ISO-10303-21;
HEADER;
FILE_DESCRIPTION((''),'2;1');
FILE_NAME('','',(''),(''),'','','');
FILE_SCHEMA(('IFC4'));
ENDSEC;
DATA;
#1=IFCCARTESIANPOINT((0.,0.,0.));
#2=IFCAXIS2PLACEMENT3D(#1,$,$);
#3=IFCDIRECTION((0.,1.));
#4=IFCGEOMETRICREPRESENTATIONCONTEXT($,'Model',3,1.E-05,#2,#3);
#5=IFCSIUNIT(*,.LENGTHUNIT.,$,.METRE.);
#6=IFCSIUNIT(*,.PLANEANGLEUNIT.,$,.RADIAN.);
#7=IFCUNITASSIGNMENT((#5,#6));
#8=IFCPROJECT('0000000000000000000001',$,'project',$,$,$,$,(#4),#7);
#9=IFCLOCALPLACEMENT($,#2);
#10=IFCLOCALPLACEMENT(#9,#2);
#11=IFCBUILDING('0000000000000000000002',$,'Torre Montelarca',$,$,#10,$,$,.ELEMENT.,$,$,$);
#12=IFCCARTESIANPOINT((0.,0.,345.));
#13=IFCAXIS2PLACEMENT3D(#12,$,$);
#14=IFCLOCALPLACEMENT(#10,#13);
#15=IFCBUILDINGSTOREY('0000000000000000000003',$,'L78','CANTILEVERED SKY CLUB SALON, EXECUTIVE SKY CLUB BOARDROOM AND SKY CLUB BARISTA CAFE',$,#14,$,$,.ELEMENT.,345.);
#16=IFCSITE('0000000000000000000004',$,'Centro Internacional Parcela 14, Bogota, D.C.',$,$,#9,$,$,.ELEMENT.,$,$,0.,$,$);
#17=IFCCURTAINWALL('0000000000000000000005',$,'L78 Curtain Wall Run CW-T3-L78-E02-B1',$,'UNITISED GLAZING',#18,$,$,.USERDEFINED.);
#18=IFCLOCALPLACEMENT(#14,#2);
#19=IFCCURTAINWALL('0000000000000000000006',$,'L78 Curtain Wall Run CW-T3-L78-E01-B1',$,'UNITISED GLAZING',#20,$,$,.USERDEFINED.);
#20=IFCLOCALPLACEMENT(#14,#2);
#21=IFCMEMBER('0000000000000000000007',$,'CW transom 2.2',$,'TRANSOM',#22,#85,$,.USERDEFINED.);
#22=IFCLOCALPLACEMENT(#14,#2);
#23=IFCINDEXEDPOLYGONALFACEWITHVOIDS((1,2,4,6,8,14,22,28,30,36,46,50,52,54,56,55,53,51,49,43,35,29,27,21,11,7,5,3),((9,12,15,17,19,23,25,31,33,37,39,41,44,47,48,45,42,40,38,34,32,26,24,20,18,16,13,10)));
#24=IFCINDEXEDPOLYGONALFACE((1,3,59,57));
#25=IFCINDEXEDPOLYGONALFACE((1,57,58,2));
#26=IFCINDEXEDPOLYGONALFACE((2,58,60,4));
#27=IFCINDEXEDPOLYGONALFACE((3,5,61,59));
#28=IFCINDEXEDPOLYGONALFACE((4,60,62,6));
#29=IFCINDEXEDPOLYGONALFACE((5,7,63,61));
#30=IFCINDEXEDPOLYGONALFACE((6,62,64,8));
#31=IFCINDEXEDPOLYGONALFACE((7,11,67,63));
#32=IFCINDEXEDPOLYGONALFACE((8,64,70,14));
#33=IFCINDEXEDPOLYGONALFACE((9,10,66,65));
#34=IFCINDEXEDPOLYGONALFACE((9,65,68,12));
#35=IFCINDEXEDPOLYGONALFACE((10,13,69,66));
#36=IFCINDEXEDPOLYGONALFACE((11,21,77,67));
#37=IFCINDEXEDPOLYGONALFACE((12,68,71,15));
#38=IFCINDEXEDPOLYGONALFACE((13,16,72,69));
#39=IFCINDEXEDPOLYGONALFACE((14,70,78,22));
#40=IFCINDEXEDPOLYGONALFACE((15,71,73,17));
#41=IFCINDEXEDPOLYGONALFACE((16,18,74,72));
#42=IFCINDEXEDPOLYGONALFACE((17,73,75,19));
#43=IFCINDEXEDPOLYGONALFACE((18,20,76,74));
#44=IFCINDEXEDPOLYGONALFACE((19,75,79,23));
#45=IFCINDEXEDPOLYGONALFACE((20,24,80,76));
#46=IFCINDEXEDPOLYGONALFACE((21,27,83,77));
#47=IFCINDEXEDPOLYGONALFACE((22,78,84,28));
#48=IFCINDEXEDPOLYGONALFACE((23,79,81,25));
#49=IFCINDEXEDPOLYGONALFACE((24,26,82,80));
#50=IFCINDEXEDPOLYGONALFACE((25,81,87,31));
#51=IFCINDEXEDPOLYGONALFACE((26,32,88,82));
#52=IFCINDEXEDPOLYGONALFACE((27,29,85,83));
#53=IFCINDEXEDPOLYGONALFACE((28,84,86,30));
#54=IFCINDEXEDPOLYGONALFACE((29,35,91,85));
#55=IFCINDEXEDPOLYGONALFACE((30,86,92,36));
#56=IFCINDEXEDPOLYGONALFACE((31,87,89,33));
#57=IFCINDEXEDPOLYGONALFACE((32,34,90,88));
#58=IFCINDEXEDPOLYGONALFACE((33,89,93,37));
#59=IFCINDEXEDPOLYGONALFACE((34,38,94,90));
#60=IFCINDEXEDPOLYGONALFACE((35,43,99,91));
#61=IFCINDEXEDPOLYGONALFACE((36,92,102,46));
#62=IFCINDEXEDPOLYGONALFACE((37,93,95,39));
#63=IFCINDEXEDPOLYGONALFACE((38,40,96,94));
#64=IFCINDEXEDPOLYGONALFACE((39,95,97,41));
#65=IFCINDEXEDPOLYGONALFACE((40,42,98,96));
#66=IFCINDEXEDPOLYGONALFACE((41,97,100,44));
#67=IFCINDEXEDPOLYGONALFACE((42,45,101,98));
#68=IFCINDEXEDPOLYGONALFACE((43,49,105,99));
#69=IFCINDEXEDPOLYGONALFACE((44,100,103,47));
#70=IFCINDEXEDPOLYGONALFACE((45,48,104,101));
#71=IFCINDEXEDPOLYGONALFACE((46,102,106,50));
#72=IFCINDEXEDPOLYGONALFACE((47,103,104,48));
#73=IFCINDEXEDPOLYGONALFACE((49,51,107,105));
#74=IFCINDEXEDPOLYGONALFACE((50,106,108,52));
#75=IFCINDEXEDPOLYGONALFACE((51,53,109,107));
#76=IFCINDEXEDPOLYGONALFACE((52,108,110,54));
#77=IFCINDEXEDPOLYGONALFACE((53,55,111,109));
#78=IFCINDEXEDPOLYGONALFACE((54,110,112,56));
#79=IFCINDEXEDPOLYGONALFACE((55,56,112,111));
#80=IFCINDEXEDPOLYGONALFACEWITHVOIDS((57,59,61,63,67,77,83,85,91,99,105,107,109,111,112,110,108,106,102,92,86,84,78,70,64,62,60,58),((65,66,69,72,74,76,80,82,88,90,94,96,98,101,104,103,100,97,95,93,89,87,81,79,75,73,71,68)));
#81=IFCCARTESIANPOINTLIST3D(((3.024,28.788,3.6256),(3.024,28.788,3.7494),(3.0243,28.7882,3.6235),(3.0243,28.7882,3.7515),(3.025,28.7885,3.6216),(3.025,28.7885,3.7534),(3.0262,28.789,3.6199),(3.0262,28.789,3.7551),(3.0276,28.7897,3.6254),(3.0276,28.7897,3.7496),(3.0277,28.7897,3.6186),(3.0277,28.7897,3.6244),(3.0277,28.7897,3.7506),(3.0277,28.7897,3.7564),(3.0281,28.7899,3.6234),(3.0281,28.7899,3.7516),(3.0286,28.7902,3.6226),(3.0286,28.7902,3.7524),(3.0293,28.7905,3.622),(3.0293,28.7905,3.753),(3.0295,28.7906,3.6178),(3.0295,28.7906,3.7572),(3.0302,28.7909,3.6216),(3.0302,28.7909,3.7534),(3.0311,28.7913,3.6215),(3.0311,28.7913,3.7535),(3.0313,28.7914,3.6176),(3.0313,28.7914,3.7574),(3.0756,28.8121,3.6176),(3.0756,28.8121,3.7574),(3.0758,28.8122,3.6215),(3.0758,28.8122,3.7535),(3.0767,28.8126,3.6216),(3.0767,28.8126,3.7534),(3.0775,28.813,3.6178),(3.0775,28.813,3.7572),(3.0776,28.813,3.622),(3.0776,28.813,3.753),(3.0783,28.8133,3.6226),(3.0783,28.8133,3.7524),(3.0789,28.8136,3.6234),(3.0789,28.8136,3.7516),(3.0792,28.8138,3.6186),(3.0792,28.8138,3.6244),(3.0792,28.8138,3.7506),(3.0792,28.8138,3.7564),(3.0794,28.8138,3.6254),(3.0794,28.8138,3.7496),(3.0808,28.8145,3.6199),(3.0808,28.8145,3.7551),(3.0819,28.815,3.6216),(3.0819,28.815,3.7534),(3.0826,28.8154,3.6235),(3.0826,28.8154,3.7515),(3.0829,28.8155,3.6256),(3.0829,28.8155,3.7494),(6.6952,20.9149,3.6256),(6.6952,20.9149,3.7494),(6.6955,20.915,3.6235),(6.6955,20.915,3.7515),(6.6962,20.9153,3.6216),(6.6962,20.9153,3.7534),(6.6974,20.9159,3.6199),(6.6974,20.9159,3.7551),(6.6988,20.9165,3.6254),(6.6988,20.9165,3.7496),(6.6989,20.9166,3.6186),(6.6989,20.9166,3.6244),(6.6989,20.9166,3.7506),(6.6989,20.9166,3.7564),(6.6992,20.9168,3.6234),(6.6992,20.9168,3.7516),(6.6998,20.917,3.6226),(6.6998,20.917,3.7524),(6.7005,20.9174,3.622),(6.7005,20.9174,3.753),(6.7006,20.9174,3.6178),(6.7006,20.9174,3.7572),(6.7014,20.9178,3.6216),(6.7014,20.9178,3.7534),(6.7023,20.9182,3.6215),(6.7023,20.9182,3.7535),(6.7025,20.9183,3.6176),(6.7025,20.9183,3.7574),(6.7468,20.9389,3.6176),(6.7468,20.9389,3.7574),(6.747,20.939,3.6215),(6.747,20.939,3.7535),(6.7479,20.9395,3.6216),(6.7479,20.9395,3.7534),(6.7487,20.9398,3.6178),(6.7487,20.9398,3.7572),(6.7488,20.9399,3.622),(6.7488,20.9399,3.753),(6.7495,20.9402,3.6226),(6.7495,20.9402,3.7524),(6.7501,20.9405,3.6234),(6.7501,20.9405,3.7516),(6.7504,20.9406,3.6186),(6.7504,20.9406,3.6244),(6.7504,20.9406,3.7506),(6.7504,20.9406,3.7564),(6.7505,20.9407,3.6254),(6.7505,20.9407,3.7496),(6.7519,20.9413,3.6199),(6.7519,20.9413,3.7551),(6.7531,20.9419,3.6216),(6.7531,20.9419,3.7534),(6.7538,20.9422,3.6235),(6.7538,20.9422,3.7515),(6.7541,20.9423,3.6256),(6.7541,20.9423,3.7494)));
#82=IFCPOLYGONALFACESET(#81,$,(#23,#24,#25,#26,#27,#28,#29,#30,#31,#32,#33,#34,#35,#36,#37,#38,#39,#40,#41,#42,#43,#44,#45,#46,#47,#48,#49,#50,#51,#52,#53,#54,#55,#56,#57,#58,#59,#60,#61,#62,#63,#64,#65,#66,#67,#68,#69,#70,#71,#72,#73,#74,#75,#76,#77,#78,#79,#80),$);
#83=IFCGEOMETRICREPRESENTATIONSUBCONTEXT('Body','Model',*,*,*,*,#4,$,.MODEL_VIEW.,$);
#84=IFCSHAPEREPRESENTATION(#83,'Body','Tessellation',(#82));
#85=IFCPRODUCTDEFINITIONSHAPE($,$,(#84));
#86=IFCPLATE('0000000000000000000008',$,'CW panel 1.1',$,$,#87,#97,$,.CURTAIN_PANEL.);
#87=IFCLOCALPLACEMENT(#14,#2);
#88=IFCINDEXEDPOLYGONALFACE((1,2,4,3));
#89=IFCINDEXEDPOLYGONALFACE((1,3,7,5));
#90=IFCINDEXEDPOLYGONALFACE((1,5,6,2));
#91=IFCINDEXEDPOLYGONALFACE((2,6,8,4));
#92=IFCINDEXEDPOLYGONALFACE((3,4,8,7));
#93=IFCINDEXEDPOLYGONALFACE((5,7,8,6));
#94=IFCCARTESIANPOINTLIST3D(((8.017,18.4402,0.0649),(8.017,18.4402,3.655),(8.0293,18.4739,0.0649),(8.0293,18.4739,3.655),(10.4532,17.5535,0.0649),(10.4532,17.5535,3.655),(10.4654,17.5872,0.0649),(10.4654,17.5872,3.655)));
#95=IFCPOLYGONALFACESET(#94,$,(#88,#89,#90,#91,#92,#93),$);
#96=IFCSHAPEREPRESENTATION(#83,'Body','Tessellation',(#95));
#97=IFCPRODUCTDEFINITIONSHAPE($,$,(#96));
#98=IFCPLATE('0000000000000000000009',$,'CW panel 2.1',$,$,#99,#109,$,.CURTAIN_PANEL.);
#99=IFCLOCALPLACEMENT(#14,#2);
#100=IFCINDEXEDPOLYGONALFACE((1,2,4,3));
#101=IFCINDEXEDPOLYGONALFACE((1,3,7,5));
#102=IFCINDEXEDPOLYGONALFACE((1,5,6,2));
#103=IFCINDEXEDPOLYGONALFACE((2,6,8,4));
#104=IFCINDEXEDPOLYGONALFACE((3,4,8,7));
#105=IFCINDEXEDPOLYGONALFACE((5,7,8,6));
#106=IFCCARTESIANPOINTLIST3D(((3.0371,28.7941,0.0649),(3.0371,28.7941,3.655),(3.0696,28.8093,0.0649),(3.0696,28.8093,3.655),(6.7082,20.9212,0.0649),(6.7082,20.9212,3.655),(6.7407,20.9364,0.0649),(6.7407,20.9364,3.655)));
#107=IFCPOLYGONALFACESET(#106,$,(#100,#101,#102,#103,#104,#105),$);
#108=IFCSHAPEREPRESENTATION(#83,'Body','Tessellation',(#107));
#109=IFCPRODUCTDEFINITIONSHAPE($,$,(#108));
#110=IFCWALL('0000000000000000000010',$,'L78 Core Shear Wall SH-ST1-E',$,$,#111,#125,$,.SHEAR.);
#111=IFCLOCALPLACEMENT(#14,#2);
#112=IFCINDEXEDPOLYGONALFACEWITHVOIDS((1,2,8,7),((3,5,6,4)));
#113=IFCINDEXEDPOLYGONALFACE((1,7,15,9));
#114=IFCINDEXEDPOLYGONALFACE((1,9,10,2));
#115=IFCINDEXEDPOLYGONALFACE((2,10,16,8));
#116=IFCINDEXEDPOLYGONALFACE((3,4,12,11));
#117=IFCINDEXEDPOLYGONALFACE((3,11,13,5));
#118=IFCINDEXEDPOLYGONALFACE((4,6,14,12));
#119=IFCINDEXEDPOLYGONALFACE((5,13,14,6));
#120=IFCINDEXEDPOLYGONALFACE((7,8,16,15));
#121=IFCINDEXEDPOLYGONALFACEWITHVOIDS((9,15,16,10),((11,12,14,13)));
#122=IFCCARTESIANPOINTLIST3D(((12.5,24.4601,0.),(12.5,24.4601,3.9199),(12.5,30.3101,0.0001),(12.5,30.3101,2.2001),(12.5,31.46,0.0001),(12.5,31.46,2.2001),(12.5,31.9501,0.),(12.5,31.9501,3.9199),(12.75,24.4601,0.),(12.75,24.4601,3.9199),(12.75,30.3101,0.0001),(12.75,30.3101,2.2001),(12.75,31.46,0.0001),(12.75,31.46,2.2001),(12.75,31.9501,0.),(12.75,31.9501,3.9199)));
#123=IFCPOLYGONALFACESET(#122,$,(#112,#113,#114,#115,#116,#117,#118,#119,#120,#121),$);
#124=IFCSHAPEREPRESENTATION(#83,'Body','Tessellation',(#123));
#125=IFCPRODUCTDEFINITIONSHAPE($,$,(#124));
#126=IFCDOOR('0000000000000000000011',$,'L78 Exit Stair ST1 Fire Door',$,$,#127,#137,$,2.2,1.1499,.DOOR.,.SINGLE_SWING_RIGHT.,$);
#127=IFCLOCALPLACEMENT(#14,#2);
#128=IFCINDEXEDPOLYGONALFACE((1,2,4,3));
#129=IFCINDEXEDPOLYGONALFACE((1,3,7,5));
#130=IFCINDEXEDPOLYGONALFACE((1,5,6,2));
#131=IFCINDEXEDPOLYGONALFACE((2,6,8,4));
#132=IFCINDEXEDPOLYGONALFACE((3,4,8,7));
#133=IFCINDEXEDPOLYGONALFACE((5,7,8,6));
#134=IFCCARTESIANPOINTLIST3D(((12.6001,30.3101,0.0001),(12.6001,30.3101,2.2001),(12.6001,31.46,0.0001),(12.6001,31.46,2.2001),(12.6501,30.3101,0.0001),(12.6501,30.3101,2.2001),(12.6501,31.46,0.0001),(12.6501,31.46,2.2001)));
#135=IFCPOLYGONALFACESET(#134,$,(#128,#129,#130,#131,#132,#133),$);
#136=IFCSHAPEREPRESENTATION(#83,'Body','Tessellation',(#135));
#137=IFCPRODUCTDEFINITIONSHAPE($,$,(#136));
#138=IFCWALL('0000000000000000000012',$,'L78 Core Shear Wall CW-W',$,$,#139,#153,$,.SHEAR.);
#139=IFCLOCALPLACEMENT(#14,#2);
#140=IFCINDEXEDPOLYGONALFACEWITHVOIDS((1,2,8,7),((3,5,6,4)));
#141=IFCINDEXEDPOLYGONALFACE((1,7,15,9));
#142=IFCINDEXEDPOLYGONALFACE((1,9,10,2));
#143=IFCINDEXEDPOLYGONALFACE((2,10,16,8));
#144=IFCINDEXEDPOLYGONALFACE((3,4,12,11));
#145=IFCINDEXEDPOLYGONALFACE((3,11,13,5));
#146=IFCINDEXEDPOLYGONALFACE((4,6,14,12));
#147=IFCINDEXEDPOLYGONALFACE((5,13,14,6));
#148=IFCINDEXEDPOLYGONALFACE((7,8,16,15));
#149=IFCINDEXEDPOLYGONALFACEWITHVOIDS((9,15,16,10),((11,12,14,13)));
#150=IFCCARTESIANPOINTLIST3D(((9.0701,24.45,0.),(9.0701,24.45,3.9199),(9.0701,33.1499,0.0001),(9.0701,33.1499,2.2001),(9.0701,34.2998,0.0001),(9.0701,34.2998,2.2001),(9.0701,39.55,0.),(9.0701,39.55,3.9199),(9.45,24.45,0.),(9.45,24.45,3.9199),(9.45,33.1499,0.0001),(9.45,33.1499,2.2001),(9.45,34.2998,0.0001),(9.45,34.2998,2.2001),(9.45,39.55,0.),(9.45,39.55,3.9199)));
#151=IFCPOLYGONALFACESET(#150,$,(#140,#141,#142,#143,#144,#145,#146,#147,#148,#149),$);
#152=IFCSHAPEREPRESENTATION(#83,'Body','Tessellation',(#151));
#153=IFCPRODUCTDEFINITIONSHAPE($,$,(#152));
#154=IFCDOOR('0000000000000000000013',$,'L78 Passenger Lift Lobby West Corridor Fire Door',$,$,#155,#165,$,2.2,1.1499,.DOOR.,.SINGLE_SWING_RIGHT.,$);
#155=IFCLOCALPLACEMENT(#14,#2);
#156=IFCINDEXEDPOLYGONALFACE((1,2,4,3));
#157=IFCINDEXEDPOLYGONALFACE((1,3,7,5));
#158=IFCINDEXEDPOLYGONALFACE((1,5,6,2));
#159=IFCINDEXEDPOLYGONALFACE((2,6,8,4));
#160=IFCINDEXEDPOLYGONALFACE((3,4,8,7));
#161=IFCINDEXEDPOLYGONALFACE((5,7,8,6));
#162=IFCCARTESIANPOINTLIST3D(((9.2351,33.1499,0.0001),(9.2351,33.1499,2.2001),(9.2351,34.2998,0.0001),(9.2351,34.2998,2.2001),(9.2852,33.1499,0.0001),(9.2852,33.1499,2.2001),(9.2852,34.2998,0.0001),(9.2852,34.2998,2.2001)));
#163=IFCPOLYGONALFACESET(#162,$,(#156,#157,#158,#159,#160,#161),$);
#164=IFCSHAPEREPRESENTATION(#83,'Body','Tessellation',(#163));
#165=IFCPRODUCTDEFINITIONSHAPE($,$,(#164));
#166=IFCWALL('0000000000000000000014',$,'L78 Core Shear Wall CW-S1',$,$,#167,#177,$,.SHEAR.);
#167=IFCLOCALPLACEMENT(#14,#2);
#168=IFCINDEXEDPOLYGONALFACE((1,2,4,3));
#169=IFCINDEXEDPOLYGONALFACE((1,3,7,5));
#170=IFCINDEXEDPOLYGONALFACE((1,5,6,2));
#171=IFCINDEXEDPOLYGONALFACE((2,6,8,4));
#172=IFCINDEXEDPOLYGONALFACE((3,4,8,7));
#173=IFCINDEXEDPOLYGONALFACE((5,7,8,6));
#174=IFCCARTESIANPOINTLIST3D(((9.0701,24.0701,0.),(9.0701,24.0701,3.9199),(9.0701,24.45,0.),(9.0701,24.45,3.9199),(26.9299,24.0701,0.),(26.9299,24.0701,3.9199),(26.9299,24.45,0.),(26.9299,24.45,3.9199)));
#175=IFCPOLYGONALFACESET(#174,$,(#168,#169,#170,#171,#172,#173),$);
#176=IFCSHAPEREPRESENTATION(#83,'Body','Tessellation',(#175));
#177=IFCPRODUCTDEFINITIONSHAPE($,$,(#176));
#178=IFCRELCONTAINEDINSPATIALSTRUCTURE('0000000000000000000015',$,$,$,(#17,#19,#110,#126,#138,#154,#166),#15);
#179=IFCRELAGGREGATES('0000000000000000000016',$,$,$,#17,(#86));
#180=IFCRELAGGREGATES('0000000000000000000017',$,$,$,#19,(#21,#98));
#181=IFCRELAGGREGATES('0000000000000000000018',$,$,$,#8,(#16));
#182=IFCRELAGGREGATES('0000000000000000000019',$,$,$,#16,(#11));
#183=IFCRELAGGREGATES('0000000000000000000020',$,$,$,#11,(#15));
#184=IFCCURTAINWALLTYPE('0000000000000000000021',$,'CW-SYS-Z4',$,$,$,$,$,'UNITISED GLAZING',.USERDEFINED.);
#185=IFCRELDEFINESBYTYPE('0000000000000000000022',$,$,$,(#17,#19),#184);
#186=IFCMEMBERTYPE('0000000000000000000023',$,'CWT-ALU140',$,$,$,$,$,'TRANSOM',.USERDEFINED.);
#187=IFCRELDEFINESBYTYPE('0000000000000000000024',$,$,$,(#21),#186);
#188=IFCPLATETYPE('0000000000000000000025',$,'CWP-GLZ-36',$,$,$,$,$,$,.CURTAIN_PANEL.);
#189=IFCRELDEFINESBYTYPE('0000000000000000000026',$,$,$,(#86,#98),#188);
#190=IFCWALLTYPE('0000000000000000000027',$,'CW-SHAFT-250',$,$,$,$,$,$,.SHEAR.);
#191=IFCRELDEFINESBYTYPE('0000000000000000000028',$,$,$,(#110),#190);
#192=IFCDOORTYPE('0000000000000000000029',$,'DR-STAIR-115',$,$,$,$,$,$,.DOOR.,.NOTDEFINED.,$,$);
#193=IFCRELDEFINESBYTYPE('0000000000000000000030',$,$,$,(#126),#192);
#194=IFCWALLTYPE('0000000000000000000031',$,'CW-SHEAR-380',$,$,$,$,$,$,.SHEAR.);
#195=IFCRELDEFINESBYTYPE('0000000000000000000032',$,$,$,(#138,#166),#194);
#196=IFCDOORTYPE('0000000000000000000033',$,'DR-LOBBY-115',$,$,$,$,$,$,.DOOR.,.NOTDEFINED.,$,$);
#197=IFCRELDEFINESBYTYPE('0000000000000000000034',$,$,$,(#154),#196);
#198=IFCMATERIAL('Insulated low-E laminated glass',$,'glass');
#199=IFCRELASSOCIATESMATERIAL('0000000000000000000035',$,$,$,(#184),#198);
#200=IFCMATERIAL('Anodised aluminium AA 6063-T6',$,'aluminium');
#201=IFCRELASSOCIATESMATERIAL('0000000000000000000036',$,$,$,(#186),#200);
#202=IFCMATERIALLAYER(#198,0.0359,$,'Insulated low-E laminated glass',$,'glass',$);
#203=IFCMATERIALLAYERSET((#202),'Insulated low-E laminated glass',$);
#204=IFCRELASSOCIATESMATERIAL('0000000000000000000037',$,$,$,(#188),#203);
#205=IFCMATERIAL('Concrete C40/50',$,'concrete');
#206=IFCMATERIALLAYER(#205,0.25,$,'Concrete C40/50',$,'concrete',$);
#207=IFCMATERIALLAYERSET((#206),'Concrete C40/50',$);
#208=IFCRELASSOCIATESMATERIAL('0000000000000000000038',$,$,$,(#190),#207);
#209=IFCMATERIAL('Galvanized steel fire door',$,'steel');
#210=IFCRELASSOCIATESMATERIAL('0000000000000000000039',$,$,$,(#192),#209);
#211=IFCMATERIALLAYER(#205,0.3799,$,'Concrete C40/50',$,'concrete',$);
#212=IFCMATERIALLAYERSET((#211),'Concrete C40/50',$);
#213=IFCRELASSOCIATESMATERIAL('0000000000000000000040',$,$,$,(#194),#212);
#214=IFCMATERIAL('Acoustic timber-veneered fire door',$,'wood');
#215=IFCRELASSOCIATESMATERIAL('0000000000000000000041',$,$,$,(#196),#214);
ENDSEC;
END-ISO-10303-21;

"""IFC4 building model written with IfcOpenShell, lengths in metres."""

from ifc_helpers import new_model, si_unit, direction, frame, frame_2d, origin, origin_2d, place, context, subcontext, project, spatial, rectangle, hollow_rectangle, extrude, source, transform, mapped, material, layer, layer_set, material_profile, profile_set, type_object, element, fill, aggregate, save


model = new_model("IFC4")

# Units and contexts
model_context = context("Model", 3, precision=1e-05, world=origin(), true_north=direction((0.0, 1.0)))
body_context = subcontext(model_context, "Body", "Model", "MODEL_VIEW")
ifc_project = project(units=[si_unit("LENGTHUNIT", "METRE"), si_unit("PLANEANGLEUNIT", "RADIAN")], contexts=[model_context])

# Site, building, storey
site_placement = place(None, origin())
site = spatial("IfcSite", under=ifc_project, at=site_placement, Name="Centro Internacional Parcela 14, Bogota, D.C.", CompositionType="ELEMENT", RefElevation=0.0)
building_placement = place(site_placement, origin())
building = spatial("IfcBuilding", under=site, at=building_placement, Name="Torre Montelarca", CompositionType="ELEMENT")
storey_placement = place(building_placement, frame((0.0, 0.0, 345.0)))
storey = spatial("IfcBuildingStorey", under=building, at=storey_placement, Name="L78", Description="CANTILEVERED SKY CLUB SALON, EXECUTIVE SKY CLUB BOARDROOM AND SKY CLUB BARISTA CAFE", CompositionType="ELEMENT", Elevation=345.0)

# Shared definitions
ifc_material_1 = material(Name="Concrete C40/50", Category="concrete")

# Curtain walls
ifc_material_2 = material(Name="Insulated low-E laminated glass", Category="glass")
curtain_wall_type = type_object("IfcCurtainWallType", Name="CW-SYS-Z4", ElementType="UNITISED GLAZING", PredefinedType="USERDEFINED", material=ifc_material_2)
curtain_wall_1_placement = place(storey_placement, origin())
curtain_wall_1 = element("IfcCurtainWall", 1, at=curtain_wall_1_placement, inside=storey, type_object=curtain_wall_type, Name="L78 Curtain Wall Run CW-T3-L78-E02-B1", ObjectType="UNITISED GLAZING", PredefinedType="USERDEFINED")
ifc_material_3 = material(Name="Anodised aluminium AA 6063-T6", Category="aluminium")
ifc_material_profile_1 = material_profile(ifc_material_3, hollow_rectangle(XDim=0.0649, YDim=0.1399, WallThickness=0.0039, InnerFilletRadius=0.0039, OuterFilletRadius=0.0081, at=origin_2d()), Name="ALU65X140X4", Category="aluminium")
ifc_profile_set_1 = profile_set([ifc_material_profile_1], Name="Anodised aluminium AA 6063-T6")
member_type_1 = type_object("IfcMemberType", Name="CWT-ALU140", ElementType="TRANSOM", PredefinedType="USERDEFINED", material=ifc_profile_set_1)
curtain_wall_2_placement = place(storey_placement, origin())
curtain_wall_2 = element("IfcCurtainWall", 2, at=curtain_wall_2_placement, inside=storey, type_object=curtain_wall_type, Name="L78 Curtain Wall Run CW-T3-L78-E01-B1", ObjectType="UNITISED GLAZING", PredefinedType="USERDEFINED")

# Member
shared_shape_1 = source(origin(), body_context, "Body", "SweptSolid", [
    extrude(hollow_rectangle(XDim=0.0649, YDim=0.1399, WallThickness=0.0039, InnerFilletRadius=0.0039, OuterFilletRadius=0.0081, at=origin_2d()), origin(), (0.0, 0.0, 1.0), 8.687),
])
member_1_placement = place(storey_placement, frame((3.0535, 28.8018, 3.6875), z_axis=(0.422607, -0.906313, 0.0), x_axis=(0.906313, 0.422607, 0.0)))
member_1 = element("IfcMember", 3, at=member_1_placement, type_object=member_type_1, Name="CW transom 2.2", ObjectType="TRANSOM", PredefinedType="USERDEFINED", context=body_context, shape_type="MappedRepresentation", body=[
    mapped(shared_shape_1, transform((0.0, 0.0, 0.0), scale=1.0)),
])

# Plates
ifc_layer_1 = layer(ifc_material_2, 0.0359, Name="Insulated low-E laminated glass", Category="glass")
ifc_layer_set_1 = layer_set([ifc_layer_1], Name="Insulated low-E laminated glass")
plate_type = type_object("IfcPlateType", Name="CWP-GLZ-36", PredefinedType="CURTAIN_PANEL", material=ifc_layer_set_1)
shared_shape_2 = source(origin(), body_context, "Body", "SweptSolid", [
    extrude(rectangle(XDim=2.5925, YDim=0.0359, at=origin_2d()), origin(), (0.0, 0.0, 1.0), 3.5901),
])
plate_1_placement = place(storey_placement, frame((9.2412, 18.0137, 0.0649), z_axis=(0.0, 0.0, 1.0), x_axis=(0.939691, -0.342024, 0.0)))
plate_1 = element("IfcPlate", 4, at=plate_1_placement, type_object=plate_type, Name="CW panel 1.1", PredefinedType="CURTAIN_PANEL", context=body_context, shape_type="MappedRepresentation", body=[
    mapped(shared_shape_2, transform((0.0, 0.0, 0.0), scale=1.0)),
])
aggregate(curtain_wall_1, [plate_1])
shared_shape_3 = source(origin(), body_context, "Body", "SweptSolid", [
    extrude(rectangle(XDim=8.6868, YDim=0.0359, at=origin_2d()), origin(), (0.0, 0.0, 1.0), 3.5901),
])
plate_2_placement = place(storey_placement, frame((4.8889, 24.8652, 0.0649), z_axis=(0.0, 0.0, 1.0), x_axis=(0.422613, -0.90631, 0.0)))
plate_2 = element("IfcPlate", 5, at=plate_2_placement, type_object=plate_type, Name="CW panel 2.1", PredefinedType="CURTAIN_PANEL", context=body_context, shape_type="MappedRepresentation", body=[
    mapped(shared_shape_3, transform((0.0, 0.0, 0.0), scale=1.0)),
])
aggregate(curtain_wall_2, [member_1, plate_2])

# Walls, openings, doors
ifc_layer_2 = layer(ifc_material_1, 0.25, Name="Concrete C40/50", Category="concrete")
ifc_layer_set_2 = layer_set([ifc_layer_2], Name="Concrete C40/50")
wall_type_1 = type_object("IfcWallType", Name="CW-SHAFT-250", PredefinedType="SHEAR", material=ifc_layer_set_2)
wall_1_placement = place(storey_placement, frame((12.625, 24.46, 0.0), z_axis=(0.0, 0.0, 1.0), x_axis=(0.0, 1.0, 0.0)))
wall_1 = element("IfcWall", 6, at=wall_1_placement, inside=storey, type_object=wall_type_1, Name="L78 Core Shear Wall SH-ST1-E", PredefinedType="SHEAR", context=body_context, shape_type="SweptSolid", body=[
    extrude(rectangle(XDim=7.49, YDim=0.25, at=frame_2d((3.7451, 0.0))), origin(), (0.0, 0.0, 1.0), 3.9199),
])
opening_1_placement = place(wall_1_placement, frame((5.8501, 0.0, 0.0)))
opening_1 = element("IfcOpeningElement", 7, at=opening_1_placement, cuts=wall_1, PredefinedType="OPENING", context=body_context, shape_type="SweptSolid", body=[
    extrude(rectangle(XDim=1.1499, YDim=2.2, at=frame_2d((0.575, 1.1001))), frame((0.0, 0.135, 0.0), z_axis=(0.0, -1.0, 0.0), x_axis=(1.0, 0.0, 0.0)), (0.0, 0.0, 1.0), 0.27),
])
ifc_material_4 = material(Name="Galvanized steel fire door", Category="steel")
door_type_1 = type_object("IfcDoorType", Name="DR-STAIR-115", OperationType="NOTDEFINED", PredefinedType="DOOR", material=ifc_material_4)
shared_shape_4 = source(origin(), body_context, "Body", "SweptSolid", [
    extrude(rectangle(XDim=1.1499, YDim=2.2, at=frame_2d((0.575, 1.1001))), frame((0.0, 0.0249, 0.0), z_axis=(0.0, -1.0, 0.0), x_axis=(1.0, 0.0, 0.0)), (0.0, 0.0, 1.0), 0.05),
])
door_1_placement = place(opening_1_placement, origin())
door_1 = element("IfcDoor", 8, at=door_1_placement, inside=storey, type_object=door_type_1, Name="L78 Exit Stair ST1 Fire Door", OperationType="SINGLE_SWING_RIGHT", OverallHeight=2.2, OverallWidth=1.1499, PredefinedType="DOOR", context=body_context, shape_type="MappedRepresentation", body=[
    mapped(shared_shape_4, transform((0.0, 0.0, 0.0), scale=1.0)),
])
fill(opening_1, door_1)
ifc_layer_3 = layer(ifc_material_1, 0.3799, Name="Concrete C40/50", Category="concrete")
ifc_layer_set_3 = layer_set([ifc_layer_3], Name="Concrete C40/50")
wall_type_2 = type_object("IfcWallType", Name="CW-SHEAR-380", PredefinedType="SHEAR", material=ifc_layer_set_3)
wall_2_placement = place(storey_placement, frame((9.26, 24.45, 0.0), z_axis=(0.0, 0.0, 1.0), x_axis=(0.0, 1.0, 0.0)))
wall_2 = element("IfcWall", 9, at=wall_2_placement, inside=storey, type_object=wall_type_2, Name="L78 Core Shear Wall CW-W", PredefinedType="SHEAR", context=body_context, shape_type="SweptSolid", body=[
    extrude(rectangle(XDim=15.1001, YDim=0.3799, at=frame_2d((7.55, 0.0))), origin(), (0.0, 0.0, 1.0), 3.9199),
])
opening_2_placement = place(wall_2_placement, frame((8.7, 0.0, 0.0)))
opening_2 = element("IfcOpeningElement", 10, at=opening_2_placement, cuts=wall_2, PredefinedType="OPENING", context=body_context, shape_type="SweptSolid", body=[
    extrude(rectangle(XDim=1.1499, YDim=2.2, at=frame_2d((0.575, 1.1001))), frame((0.0, 0.2, 0.0), z_axis=(0.0, -1.0, 0.0), x_axis=(1.0, 0.0, 0.0)), (0.0, 0.0, 1.0), 0.3999),
])
ifc_material_5 = material(Name="Acoustic timber-veneered fire door", Category="wood")
door_type_2 = type_object("IfcDoorType", Name="DR-LOBBY-115", OperationType="NOTDEFINED", PredefinedType="DOOR", material=ifc_material_5)
shared_shape_5 = source(origin(), body_context, "Body", "SweptSolid", [
    extrude(rectangle(XDim=1.1499, YDim=2.2, at=frame_2d((0.575, 1.1001))), frame((0.0, 0.0249, 0.0), z_axis=(0.0, -1.0, 0.0), x_axis=(1.0, 0.0, 0.0)), (0.0, 0.0, 1.0), 0.05),
])
door_2_placement = place(opening_2_placement, origin())
door_2 = element("IfcDoor", 11, at=door_2_placement, inside=storey, type_object=door_type_2, Name="L78 Passenger Lift Lobby West Corridor Fire Door", OperationType="SINGLE_SWING_RIGHT", OverallHeight=2.2, OverallWidth=1.1499, PredefinedType="DOOR", context=body_context, shape_type="MappedRepresentation", body=[
    mapped(shared_shape_5, transform((0.0, 0.0, 0.0), scale=1.0)),
])
fill(opening_2, door_2)

# Wall
wall_3_placement = place(storey_placement, frame((9.0701, 24.26, 0.0), z_axis=(0.0, 0.0, 1.0), x_axis=(1.0, 0.0, 0.0)))
element("IfcWall", 12, at=wall_3_placement, inside=storey, type_object=wall_type_2, Name="L78 Core Shear Wall CW-S1", PredefinedType="SHEAR", context=body_context, shape_type="SweptSolid", body=[
    extrude(rectangle(XDim=17.8599, YDim=0.3799, at=frame_2d((8.9299, 0.0))), origin(), (0.0, 0.0, 1.0), 3.9199),
])

save(model, "model.ifc")
